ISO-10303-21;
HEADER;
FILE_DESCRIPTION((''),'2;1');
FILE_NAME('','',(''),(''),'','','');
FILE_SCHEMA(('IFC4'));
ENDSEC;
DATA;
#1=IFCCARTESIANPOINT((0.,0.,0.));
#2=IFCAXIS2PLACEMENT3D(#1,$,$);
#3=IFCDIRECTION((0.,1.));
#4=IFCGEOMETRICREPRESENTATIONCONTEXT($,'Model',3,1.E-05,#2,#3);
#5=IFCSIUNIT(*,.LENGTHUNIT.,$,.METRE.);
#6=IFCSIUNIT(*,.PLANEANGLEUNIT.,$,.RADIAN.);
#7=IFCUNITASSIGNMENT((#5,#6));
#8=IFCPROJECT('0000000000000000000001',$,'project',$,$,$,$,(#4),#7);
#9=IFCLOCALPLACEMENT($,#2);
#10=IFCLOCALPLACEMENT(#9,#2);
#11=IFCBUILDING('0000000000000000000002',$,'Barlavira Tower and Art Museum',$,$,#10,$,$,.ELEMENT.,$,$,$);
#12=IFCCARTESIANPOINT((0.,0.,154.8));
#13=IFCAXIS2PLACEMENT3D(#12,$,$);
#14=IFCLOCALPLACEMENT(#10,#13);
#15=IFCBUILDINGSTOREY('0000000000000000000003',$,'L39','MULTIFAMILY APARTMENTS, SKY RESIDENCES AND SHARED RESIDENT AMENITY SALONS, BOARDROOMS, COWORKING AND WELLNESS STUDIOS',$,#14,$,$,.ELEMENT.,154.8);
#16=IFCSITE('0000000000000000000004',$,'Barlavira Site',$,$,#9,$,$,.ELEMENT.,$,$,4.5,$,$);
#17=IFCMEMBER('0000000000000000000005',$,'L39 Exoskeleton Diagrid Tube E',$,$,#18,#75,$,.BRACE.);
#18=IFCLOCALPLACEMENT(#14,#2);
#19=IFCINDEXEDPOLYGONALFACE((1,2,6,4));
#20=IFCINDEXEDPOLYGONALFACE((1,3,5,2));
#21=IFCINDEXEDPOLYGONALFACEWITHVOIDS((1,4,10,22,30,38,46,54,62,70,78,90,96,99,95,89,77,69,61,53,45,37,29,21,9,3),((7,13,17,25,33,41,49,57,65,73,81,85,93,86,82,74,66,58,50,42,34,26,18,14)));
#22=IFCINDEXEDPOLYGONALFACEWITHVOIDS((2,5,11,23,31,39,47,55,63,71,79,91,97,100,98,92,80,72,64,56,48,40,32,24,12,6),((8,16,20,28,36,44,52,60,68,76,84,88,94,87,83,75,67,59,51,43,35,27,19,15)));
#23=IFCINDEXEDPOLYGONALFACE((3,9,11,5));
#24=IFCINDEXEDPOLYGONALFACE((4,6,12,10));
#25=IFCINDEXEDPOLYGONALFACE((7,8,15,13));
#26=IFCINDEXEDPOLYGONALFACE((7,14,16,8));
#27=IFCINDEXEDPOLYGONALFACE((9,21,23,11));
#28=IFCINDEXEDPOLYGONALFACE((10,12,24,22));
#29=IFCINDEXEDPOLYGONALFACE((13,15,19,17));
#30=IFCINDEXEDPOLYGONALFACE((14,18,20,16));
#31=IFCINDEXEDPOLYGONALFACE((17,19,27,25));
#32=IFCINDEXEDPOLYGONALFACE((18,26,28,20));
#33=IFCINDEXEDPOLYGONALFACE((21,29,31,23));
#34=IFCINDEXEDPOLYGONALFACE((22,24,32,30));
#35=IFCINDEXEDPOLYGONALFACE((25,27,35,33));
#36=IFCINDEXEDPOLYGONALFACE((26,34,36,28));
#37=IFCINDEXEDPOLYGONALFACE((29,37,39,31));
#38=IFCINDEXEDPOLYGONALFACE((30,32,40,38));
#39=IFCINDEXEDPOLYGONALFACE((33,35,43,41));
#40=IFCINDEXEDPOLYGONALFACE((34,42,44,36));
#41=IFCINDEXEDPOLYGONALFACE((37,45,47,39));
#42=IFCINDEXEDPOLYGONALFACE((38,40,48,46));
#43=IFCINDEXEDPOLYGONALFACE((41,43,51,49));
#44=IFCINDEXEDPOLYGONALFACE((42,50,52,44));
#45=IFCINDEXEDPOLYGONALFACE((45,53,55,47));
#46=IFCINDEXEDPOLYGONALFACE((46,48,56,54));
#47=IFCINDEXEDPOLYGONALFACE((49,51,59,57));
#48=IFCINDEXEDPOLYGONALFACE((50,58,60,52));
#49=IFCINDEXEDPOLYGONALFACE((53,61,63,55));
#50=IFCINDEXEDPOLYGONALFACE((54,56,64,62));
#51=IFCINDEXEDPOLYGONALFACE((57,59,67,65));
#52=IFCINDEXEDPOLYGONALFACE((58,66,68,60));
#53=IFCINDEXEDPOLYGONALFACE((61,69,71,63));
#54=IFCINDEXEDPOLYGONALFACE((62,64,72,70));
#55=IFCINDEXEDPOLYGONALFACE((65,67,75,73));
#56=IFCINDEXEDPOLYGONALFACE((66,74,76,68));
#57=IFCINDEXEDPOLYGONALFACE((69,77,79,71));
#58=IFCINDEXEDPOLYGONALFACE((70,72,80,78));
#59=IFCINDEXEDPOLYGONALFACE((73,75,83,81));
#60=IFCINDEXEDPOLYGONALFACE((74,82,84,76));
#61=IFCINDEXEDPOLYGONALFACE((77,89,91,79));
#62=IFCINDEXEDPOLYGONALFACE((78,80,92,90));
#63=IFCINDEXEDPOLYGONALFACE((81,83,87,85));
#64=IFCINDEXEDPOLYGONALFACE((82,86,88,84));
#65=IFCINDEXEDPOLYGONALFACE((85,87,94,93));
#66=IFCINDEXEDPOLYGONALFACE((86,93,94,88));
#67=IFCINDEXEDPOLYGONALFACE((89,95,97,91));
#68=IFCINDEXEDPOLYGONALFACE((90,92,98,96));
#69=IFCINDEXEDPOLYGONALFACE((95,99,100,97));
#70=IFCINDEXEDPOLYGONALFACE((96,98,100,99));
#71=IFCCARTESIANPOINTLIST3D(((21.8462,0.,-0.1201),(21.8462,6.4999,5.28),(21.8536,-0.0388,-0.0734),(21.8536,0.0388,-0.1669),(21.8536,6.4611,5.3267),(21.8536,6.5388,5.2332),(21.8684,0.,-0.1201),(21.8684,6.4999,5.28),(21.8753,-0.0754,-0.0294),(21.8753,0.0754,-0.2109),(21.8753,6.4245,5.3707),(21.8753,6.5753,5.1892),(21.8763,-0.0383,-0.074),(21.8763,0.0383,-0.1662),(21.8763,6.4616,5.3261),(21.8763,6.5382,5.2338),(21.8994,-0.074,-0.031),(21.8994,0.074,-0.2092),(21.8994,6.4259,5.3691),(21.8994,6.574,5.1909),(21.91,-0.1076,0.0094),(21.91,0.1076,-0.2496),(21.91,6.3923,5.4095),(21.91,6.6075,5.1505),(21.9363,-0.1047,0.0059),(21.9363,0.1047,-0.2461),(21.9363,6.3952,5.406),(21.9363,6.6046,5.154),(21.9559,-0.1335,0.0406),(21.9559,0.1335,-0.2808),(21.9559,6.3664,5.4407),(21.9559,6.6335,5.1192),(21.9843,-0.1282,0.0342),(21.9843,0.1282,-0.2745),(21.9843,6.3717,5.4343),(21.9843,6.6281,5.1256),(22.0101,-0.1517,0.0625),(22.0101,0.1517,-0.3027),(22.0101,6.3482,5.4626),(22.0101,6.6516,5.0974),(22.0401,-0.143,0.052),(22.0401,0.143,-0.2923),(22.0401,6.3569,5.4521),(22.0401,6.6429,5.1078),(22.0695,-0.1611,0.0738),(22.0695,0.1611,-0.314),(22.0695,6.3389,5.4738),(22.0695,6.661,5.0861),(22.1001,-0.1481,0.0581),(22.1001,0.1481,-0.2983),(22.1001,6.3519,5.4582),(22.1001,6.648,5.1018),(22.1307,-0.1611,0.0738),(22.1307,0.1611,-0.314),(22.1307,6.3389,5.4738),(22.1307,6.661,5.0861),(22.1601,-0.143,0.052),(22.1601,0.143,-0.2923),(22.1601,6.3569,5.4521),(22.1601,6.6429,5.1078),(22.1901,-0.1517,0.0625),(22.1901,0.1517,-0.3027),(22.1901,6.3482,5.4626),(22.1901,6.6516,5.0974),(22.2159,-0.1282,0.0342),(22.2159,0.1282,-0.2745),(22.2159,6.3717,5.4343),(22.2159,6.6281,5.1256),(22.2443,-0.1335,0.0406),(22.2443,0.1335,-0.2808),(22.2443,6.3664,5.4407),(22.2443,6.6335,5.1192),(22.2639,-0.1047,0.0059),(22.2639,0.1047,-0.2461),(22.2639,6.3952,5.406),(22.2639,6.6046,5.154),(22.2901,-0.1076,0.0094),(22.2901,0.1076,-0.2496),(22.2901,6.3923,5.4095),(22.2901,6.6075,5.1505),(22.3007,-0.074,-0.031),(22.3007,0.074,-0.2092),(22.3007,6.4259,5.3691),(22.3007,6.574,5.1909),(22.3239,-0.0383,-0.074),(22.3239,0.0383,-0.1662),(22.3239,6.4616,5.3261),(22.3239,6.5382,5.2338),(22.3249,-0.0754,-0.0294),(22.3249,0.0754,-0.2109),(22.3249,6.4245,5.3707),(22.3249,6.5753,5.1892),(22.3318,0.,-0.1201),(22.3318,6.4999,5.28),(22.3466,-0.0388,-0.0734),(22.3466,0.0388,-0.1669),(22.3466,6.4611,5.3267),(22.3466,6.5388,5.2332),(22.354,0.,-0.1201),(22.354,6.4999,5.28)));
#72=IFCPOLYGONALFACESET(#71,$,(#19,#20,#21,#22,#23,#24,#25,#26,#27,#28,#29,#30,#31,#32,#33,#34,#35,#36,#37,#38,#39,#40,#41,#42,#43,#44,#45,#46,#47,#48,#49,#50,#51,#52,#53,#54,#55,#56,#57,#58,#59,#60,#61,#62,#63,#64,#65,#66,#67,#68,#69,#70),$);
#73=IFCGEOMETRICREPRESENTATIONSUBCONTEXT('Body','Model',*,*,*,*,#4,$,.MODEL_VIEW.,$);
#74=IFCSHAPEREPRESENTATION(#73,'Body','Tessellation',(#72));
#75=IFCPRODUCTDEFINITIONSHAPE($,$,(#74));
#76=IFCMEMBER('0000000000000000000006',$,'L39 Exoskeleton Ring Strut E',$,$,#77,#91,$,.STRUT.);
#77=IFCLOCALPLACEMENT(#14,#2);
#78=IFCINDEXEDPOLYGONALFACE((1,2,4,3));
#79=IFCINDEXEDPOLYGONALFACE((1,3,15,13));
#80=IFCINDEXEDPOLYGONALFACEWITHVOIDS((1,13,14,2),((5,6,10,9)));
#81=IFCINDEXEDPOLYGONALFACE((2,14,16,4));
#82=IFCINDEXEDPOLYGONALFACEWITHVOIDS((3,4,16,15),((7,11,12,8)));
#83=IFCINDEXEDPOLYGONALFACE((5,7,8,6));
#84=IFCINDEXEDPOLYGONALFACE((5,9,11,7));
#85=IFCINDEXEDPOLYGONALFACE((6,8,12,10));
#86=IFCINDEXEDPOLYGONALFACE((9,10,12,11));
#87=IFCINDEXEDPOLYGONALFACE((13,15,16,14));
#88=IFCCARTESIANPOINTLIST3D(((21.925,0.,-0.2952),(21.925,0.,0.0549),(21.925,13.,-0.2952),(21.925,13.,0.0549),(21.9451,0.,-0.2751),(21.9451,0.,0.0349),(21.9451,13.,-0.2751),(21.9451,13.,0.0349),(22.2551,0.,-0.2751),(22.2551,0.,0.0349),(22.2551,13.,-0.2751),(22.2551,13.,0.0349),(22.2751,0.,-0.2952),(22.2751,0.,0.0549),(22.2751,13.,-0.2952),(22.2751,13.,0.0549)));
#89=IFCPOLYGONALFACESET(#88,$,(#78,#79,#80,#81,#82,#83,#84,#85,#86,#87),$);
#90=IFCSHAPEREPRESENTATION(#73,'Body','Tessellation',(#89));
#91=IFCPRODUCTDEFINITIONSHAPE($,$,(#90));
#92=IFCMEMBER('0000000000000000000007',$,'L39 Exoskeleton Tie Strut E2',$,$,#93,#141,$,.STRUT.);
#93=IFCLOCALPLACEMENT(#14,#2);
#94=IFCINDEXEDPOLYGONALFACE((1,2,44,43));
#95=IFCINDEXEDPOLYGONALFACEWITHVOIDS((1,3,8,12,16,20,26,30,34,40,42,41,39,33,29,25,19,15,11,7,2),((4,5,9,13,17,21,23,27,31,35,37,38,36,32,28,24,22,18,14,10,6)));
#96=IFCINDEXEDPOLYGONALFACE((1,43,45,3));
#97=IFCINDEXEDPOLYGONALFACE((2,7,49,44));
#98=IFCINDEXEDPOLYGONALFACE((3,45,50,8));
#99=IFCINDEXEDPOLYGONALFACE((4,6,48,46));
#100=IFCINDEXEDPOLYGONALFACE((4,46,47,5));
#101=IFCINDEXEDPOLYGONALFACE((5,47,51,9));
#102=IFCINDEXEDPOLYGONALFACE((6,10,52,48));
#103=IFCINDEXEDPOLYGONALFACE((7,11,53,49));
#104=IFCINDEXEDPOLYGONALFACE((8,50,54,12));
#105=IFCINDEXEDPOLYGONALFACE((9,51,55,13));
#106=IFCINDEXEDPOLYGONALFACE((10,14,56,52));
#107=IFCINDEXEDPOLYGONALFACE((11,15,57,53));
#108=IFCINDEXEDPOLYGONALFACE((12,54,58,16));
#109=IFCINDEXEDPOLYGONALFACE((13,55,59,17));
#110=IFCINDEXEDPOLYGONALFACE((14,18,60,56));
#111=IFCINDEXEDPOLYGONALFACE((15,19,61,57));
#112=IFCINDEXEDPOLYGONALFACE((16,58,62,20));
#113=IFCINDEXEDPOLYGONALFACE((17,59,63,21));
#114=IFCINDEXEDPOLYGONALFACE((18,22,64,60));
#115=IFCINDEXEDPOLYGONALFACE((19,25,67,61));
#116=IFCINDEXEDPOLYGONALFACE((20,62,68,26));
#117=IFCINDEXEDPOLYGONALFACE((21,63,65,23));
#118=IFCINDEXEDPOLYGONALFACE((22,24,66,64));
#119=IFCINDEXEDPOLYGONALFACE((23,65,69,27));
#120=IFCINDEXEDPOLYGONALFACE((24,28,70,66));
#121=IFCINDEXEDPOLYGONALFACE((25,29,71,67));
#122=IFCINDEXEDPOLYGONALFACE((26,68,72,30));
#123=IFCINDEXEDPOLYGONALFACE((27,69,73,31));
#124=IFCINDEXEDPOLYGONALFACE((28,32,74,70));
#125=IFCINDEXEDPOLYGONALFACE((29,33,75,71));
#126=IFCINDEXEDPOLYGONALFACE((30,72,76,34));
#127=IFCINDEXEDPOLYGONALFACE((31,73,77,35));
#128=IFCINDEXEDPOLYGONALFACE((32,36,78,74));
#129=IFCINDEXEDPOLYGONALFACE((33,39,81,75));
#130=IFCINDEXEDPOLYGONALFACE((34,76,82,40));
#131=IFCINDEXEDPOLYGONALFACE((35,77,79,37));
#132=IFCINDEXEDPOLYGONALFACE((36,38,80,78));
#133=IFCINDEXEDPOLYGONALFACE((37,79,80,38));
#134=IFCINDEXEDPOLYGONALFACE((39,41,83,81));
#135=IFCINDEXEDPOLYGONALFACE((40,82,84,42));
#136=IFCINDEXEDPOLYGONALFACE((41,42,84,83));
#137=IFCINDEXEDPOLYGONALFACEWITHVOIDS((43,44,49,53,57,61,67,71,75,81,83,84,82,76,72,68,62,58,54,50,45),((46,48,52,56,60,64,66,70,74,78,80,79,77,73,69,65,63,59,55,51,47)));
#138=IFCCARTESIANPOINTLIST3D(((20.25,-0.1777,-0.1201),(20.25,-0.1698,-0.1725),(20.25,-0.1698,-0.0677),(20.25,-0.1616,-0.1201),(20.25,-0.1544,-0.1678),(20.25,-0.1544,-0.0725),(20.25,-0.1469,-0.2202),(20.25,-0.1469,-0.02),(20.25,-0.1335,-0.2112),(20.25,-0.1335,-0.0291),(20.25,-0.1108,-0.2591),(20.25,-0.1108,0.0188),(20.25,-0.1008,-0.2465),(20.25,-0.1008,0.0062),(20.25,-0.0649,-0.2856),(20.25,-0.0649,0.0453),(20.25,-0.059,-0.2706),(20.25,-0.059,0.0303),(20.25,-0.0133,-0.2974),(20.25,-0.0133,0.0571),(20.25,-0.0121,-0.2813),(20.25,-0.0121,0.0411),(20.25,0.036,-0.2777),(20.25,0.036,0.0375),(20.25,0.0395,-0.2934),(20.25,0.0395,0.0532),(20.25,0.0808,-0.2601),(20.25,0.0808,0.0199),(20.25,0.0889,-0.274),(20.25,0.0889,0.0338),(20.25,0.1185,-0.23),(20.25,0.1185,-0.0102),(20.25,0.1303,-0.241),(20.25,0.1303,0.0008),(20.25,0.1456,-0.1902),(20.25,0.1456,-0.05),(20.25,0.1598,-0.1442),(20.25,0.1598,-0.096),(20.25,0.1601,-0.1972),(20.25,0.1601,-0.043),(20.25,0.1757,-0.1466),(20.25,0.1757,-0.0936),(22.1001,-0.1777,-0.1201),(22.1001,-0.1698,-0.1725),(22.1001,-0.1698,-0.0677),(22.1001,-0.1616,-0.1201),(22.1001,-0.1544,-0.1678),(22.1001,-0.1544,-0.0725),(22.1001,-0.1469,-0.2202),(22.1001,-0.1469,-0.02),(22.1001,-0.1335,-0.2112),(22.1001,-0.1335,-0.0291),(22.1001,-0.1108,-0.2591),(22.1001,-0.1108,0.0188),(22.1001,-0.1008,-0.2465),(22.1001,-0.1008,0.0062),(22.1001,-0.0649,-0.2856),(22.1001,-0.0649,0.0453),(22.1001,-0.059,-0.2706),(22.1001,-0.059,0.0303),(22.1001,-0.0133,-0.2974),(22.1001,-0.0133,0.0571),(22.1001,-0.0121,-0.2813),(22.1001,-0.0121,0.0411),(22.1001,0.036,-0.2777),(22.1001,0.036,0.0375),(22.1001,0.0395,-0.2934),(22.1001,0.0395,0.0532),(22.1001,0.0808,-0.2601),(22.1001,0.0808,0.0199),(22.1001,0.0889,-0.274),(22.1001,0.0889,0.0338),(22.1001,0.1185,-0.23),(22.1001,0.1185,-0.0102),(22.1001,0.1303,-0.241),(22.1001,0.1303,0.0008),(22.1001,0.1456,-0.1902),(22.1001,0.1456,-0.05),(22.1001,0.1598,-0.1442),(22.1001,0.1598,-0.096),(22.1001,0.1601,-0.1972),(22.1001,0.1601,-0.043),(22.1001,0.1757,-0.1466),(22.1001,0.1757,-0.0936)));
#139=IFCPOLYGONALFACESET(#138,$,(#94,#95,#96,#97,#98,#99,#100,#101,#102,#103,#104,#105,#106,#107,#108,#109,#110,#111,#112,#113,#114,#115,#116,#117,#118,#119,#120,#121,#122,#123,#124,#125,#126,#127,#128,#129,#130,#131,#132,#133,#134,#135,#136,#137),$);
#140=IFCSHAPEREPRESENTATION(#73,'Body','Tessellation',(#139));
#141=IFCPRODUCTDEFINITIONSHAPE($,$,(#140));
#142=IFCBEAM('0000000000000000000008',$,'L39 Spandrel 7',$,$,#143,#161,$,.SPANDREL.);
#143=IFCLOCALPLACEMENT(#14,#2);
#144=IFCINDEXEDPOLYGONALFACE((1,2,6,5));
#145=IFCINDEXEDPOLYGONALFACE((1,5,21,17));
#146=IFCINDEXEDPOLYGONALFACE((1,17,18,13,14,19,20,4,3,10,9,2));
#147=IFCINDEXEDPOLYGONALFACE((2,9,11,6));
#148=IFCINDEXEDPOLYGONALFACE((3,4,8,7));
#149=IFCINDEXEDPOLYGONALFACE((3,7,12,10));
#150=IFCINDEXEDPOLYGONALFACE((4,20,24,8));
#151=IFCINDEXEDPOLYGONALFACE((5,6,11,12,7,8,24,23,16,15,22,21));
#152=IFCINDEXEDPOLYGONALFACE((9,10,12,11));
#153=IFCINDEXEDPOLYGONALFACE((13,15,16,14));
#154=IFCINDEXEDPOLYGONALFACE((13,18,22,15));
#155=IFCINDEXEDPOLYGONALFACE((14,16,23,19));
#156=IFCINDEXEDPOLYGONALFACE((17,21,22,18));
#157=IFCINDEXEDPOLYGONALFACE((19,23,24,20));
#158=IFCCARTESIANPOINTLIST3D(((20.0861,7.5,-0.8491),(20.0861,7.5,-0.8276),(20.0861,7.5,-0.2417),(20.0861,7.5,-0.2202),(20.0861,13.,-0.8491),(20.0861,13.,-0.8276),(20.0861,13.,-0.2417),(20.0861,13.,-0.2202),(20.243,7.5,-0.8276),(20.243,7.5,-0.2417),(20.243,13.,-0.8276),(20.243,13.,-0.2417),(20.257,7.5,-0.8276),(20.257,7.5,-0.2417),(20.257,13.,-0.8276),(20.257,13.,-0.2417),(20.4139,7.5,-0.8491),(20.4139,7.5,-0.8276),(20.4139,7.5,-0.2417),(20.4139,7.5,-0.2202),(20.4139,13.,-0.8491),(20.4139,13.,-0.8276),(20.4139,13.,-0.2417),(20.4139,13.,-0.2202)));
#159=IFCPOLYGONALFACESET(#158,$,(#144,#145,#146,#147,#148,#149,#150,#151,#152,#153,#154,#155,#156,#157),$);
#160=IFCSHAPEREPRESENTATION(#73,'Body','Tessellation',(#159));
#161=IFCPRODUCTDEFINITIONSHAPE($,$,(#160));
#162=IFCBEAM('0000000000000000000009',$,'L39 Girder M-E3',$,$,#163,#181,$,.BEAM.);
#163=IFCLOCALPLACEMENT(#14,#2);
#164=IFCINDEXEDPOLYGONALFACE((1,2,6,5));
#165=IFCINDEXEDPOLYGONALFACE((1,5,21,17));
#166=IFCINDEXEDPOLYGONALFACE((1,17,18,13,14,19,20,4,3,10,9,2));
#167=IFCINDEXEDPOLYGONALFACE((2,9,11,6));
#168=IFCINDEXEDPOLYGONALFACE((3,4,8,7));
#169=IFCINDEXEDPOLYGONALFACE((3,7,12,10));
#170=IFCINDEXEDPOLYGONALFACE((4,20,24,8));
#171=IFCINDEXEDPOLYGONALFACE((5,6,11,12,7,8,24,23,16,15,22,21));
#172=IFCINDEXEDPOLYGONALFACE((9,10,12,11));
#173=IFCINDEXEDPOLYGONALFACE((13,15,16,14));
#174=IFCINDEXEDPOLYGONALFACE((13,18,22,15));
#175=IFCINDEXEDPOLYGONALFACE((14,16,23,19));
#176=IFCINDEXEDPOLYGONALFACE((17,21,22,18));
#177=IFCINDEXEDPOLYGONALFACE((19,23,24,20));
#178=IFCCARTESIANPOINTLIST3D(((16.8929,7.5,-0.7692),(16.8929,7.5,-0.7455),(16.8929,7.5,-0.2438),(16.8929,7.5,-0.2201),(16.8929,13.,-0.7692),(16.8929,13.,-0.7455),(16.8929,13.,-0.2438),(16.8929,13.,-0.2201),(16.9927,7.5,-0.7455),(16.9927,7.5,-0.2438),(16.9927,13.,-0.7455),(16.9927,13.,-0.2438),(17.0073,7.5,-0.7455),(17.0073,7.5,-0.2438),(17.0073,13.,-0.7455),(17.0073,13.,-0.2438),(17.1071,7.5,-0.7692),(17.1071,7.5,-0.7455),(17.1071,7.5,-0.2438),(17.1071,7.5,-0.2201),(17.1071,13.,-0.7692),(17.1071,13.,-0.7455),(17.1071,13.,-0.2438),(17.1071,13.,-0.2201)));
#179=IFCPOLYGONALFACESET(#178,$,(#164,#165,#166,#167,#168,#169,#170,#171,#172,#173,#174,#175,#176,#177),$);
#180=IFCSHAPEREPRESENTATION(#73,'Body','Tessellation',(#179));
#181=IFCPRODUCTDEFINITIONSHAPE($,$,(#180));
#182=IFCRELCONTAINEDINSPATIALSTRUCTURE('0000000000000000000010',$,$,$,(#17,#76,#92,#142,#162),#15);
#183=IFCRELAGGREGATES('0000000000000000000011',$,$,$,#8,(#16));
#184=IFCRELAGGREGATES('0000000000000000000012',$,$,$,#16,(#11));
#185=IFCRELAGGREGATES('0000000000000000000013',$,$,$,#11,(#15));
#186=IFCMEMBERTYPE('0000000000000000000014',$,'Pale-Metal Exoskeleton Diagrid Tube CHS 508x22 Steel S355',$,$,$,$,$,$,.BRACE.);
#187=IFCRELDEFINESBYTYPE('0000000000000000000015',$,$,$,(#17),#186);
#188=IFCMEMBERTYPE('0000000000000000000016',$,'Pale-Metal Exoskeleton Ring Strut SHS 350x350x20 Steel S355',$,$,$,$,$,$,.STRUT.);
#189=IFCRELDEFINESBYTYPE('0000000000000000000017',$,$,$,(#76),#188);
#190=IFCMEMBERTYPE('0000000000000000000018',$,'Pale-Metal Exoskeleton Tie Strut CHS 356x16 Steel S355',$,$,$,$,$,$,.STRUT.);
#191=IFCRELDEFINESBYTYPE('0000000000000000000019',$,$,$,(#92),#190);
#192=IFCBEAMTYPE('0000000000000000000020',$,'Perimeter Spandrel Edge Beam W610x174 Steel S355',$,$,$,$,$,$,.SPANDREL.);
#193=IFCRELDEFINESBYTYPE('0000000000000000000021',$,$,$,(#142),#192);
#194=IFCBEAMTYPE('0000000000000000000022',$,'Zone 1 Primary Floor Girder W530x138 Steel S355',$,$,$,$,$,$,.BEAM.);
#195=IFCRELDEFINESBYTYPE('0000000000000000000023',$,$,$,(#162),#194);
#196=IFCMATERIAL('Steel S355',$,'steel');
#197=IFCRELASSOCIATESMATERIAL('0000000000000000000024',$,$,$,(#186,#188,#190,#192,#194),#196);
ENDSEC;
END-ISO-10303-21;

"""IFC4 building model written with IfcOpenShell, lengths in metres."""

from ifc_helpers import new_model, si_unit, direction, frame, origin, origin_2d, place, context, subcontext, project, spatial, hollow_rectangle, hollow_circle, i_section, extrude, material, material_profile, profile_set, type_object, element, save


model = new_model("IFC4")

# Units and contexts
model_context = context("Model", 3, precision=1e-05, world=origin(), true_north=direction((0.0, 1.0)))
body_context = subcontext(model_context, "Body", "Model", "MODEL_VIEW")
ifc_project = project(units=[si_unit("LENGTHUNIT", "METRE"), si_unit("PLANEANGLEUNIT", "RADIAN")], contexts=[model_context])

# Site, building, storey
site_placement = place(None, origin())
site = spatial("IfcSite", under=ifc_project, at=site_placement, Name="Barlavira Site", CompositionType="ELEMENT", RefElevation=4.5)
building_placement = place(site_placement, origin())
building = spatial("IfcBuilding", under=site, at=building_placement, Name="Barlavira Tower and Art Museum", CompositionType="ELEMENT")
storey_placement = place(building_placement, frame((0.0, 0.0, 154.8)))
storey = spatial("IfcBuildingStorey", under=building, at=storey_placement, Name="L39", Description="MULTIFAMILY APARTMENTS, SKY RESIDENCES AND SHARED RESIDENT AMENITY SALONS, BOARDROOMS, COWORKING AND WELLNESS STUDIOS", CompositionType="ELEMENT", Elevation=154.8)

# Members
ifc_material_1 = material(Name="Steel S355", Category="steel")
ifc_material_profile_1 = material_profile(ifc_material_1, hollow_circle(Radius=0.2539, WallThickness=0.0222, at=origin_2d()), Name="CHS 508.0x22.2")
ifc_profile_set_1 = profile_set([ifc_material_profile_1], Name="Steel S355")
member_type_1 = type_object("IfcMemberType", Name="Pale-Metal Exoskeleton Diagrid Tube CHS 508x22 Steel S355", PredefinedType="BRACE", material=ifc_profile_set_1)
for number, where, z_axis, x_axis, name in (
    (1, (22.1001, 0.0, -0.1201), (0.0, 0.769182, 0.63903), (-1.0, 0.0, 0.0), "L39 Exoskeleton Diagrid Tube E"),
):
    element("IfcMember", number, at=place(storey_placement, frame(where, z_axis=z_axis, x_axis=x_axis)), inside=storey, type_object=member_type_1, Name=name, PredefinedType="BRACE", context=body_context, shape_type="SweptSolid", body=[
        extrude(hollow_circle(Radius=0.2539, WallThickness=0.0222, at=origin_2d()), origin(), (0.0, 0.0, 1.0), 8.4504),
    ])
ifc_material_profile_2 = material_profile(ifc_material_1, hollow_rectangle(XDim=0.3501, YDim=0.3501, WallThickness=0.02, at=origin_2d()), Name="SHS 350x350x20.0")
ifc_profile_set_2 = profile_set([ifc_material_profile_2], Name="Steel S355")
member_type_2 = type_object("IfcMemberType", Name="Pale-Metal Exoskeleton Ring Strut SHS 350x350x20 Steel S355", PredefinedType="STRUT", material=ifc_profile_set_2)
member_1_placement = place(storey_placement, frame((22.1001, 0.0, -0.1201), z_axis=(0.0, 1.0, 0.0), x_axis=(-1.0, 0.0, 0.0)))
element("IfcMember", 2, at=member_1_placement, inside=storey, type_object=member_type_2, Name="L39 Exoskeleton Ring Strut E", PredefinedType="STRUT", context=body_context, shape_type="SweptSolid", body=[
    extrude(hollow_rectangle(XDim=0.3501, YDim=0.3501, WallThickness=0.02, at=origin_2d()), origin(), (0.0, 0.0, 1.0), 13.0),
])
ifc_material_profile_3 = material_profile(ifc_material_1, hollow_circle(Radius=0.1777, WallThickness=0.0161, at=origin_2d()), Name="CHS 355.6x16.0")
ifc_profile_set_3 = profile_set([ifc_material_profile_3], Name="Steel S355")
member_type_3 = type_object("IfcMemberType", Name="Pale-Metal Exoskeleton Tie Strut CHS 356x16 Steel S355", PredefinedType="STRUT", material=ifc_profile_set_3)
member_2_placement = place(storey_placement, frame((22.1001, 0.0, -0.1201), z_axis=(-1.0, 0.0, 0.0), x_axis=(0.0, -1.0, 0.0)))
element("IfcMember", 3, at=member_2_placement, inside=storey, type_object=member_type_3, Name="L39 Exoskeleton Tie Strut E2", PredefinedType="STRUT", context=body_context, shape_type="SweptSolid", body=[
    extrude(hollow_circle(Radius=0.1777, WallThickness=0.0161, at=origin_2d()), origin(), (0.0, 0.0, 1.0), 1.8501),
])

# Beams
ifc_material_profile_4 = material_profile(ifc_material_1, i_section(OverallWidth=0.3279, OverallDepth=0.6289, WebThickness=0.0139, FlangeThickness=0.0215, at=origin_2d()), Name="W610x174.0")
ifc_profile_set_4 = profile_set([ifc_material_profile_4], Name="Steel S355")
beam_type_1 = type_object("IfcBeamType", Name="Perimeter Spandrel Edge Beam W610x174 Steel S355", PredefinedType="SPANDREL", material=ifc_profile_set_4)
beam_1_placement = place(storey_placement, frame((20.25, 7.5, -0.5347), z_axis=(0.0, 1.0, 0.0), x_axis=(-1.0, 0.0, 0.0)))
element("IfcBeam", 4, at=beam_1_placement, inside=storey, type_object=beam_type_1, Name="L39 Spandrel 7", PredefinedType="SPANDREL", context=body_context, shape_type="SweptSolid", body=[
    extrude(i_section(OverallWidth=0.3279, OverallDepth=0.6289, WebThickness=0.0139, FlangeThickness=0.0215, at=origin_2d()), origin(), (0.0, 0.0, 1.0), 5.5),
])
ifc_material_profile_5 = material_profile(ifc_material_1, i_section(OverallWidth=0.2141, OverallDepth=0.5491, WebThickness=0.0146, FlangeThickness=0.0237, at=origin_2d()), Name="W530x138.0")
ifc_profile_set_5 = profile_set([ifc_material_profile_5], Name="Steel S355")
beam_type_2 = type_object("IfcBeamType", Name="Zone 1 Primary Floor Girder W530x138 Steel S355", PredefinedType="BEAM", material=ifc_profile_set_5)
beam_2_placement = place(storey_placement, frame((17.0, 7.5, -0.4946), z_axis=(0.0, 1.0, 0.0), x_axis=(-1.0, 0.0, 0.0)))
element("IfcBeam", 5, at=beam_2_placement, inside=storey, type_object=beam_type_2, Name="L39 Girder M-E3", PredefinedType="BEAM", context=body_context, shape_type="SweptSolid", body=[
    extrude(i_section(OverallWidth=0.2141, OverallDepth=0.5491, WebThickness=0.0146, FlangeThickness=0.0237, at=origin_2d()), origin(), (0.0, 0.0, 1.0), 5.5),
])

save(model, "model.ifc")
